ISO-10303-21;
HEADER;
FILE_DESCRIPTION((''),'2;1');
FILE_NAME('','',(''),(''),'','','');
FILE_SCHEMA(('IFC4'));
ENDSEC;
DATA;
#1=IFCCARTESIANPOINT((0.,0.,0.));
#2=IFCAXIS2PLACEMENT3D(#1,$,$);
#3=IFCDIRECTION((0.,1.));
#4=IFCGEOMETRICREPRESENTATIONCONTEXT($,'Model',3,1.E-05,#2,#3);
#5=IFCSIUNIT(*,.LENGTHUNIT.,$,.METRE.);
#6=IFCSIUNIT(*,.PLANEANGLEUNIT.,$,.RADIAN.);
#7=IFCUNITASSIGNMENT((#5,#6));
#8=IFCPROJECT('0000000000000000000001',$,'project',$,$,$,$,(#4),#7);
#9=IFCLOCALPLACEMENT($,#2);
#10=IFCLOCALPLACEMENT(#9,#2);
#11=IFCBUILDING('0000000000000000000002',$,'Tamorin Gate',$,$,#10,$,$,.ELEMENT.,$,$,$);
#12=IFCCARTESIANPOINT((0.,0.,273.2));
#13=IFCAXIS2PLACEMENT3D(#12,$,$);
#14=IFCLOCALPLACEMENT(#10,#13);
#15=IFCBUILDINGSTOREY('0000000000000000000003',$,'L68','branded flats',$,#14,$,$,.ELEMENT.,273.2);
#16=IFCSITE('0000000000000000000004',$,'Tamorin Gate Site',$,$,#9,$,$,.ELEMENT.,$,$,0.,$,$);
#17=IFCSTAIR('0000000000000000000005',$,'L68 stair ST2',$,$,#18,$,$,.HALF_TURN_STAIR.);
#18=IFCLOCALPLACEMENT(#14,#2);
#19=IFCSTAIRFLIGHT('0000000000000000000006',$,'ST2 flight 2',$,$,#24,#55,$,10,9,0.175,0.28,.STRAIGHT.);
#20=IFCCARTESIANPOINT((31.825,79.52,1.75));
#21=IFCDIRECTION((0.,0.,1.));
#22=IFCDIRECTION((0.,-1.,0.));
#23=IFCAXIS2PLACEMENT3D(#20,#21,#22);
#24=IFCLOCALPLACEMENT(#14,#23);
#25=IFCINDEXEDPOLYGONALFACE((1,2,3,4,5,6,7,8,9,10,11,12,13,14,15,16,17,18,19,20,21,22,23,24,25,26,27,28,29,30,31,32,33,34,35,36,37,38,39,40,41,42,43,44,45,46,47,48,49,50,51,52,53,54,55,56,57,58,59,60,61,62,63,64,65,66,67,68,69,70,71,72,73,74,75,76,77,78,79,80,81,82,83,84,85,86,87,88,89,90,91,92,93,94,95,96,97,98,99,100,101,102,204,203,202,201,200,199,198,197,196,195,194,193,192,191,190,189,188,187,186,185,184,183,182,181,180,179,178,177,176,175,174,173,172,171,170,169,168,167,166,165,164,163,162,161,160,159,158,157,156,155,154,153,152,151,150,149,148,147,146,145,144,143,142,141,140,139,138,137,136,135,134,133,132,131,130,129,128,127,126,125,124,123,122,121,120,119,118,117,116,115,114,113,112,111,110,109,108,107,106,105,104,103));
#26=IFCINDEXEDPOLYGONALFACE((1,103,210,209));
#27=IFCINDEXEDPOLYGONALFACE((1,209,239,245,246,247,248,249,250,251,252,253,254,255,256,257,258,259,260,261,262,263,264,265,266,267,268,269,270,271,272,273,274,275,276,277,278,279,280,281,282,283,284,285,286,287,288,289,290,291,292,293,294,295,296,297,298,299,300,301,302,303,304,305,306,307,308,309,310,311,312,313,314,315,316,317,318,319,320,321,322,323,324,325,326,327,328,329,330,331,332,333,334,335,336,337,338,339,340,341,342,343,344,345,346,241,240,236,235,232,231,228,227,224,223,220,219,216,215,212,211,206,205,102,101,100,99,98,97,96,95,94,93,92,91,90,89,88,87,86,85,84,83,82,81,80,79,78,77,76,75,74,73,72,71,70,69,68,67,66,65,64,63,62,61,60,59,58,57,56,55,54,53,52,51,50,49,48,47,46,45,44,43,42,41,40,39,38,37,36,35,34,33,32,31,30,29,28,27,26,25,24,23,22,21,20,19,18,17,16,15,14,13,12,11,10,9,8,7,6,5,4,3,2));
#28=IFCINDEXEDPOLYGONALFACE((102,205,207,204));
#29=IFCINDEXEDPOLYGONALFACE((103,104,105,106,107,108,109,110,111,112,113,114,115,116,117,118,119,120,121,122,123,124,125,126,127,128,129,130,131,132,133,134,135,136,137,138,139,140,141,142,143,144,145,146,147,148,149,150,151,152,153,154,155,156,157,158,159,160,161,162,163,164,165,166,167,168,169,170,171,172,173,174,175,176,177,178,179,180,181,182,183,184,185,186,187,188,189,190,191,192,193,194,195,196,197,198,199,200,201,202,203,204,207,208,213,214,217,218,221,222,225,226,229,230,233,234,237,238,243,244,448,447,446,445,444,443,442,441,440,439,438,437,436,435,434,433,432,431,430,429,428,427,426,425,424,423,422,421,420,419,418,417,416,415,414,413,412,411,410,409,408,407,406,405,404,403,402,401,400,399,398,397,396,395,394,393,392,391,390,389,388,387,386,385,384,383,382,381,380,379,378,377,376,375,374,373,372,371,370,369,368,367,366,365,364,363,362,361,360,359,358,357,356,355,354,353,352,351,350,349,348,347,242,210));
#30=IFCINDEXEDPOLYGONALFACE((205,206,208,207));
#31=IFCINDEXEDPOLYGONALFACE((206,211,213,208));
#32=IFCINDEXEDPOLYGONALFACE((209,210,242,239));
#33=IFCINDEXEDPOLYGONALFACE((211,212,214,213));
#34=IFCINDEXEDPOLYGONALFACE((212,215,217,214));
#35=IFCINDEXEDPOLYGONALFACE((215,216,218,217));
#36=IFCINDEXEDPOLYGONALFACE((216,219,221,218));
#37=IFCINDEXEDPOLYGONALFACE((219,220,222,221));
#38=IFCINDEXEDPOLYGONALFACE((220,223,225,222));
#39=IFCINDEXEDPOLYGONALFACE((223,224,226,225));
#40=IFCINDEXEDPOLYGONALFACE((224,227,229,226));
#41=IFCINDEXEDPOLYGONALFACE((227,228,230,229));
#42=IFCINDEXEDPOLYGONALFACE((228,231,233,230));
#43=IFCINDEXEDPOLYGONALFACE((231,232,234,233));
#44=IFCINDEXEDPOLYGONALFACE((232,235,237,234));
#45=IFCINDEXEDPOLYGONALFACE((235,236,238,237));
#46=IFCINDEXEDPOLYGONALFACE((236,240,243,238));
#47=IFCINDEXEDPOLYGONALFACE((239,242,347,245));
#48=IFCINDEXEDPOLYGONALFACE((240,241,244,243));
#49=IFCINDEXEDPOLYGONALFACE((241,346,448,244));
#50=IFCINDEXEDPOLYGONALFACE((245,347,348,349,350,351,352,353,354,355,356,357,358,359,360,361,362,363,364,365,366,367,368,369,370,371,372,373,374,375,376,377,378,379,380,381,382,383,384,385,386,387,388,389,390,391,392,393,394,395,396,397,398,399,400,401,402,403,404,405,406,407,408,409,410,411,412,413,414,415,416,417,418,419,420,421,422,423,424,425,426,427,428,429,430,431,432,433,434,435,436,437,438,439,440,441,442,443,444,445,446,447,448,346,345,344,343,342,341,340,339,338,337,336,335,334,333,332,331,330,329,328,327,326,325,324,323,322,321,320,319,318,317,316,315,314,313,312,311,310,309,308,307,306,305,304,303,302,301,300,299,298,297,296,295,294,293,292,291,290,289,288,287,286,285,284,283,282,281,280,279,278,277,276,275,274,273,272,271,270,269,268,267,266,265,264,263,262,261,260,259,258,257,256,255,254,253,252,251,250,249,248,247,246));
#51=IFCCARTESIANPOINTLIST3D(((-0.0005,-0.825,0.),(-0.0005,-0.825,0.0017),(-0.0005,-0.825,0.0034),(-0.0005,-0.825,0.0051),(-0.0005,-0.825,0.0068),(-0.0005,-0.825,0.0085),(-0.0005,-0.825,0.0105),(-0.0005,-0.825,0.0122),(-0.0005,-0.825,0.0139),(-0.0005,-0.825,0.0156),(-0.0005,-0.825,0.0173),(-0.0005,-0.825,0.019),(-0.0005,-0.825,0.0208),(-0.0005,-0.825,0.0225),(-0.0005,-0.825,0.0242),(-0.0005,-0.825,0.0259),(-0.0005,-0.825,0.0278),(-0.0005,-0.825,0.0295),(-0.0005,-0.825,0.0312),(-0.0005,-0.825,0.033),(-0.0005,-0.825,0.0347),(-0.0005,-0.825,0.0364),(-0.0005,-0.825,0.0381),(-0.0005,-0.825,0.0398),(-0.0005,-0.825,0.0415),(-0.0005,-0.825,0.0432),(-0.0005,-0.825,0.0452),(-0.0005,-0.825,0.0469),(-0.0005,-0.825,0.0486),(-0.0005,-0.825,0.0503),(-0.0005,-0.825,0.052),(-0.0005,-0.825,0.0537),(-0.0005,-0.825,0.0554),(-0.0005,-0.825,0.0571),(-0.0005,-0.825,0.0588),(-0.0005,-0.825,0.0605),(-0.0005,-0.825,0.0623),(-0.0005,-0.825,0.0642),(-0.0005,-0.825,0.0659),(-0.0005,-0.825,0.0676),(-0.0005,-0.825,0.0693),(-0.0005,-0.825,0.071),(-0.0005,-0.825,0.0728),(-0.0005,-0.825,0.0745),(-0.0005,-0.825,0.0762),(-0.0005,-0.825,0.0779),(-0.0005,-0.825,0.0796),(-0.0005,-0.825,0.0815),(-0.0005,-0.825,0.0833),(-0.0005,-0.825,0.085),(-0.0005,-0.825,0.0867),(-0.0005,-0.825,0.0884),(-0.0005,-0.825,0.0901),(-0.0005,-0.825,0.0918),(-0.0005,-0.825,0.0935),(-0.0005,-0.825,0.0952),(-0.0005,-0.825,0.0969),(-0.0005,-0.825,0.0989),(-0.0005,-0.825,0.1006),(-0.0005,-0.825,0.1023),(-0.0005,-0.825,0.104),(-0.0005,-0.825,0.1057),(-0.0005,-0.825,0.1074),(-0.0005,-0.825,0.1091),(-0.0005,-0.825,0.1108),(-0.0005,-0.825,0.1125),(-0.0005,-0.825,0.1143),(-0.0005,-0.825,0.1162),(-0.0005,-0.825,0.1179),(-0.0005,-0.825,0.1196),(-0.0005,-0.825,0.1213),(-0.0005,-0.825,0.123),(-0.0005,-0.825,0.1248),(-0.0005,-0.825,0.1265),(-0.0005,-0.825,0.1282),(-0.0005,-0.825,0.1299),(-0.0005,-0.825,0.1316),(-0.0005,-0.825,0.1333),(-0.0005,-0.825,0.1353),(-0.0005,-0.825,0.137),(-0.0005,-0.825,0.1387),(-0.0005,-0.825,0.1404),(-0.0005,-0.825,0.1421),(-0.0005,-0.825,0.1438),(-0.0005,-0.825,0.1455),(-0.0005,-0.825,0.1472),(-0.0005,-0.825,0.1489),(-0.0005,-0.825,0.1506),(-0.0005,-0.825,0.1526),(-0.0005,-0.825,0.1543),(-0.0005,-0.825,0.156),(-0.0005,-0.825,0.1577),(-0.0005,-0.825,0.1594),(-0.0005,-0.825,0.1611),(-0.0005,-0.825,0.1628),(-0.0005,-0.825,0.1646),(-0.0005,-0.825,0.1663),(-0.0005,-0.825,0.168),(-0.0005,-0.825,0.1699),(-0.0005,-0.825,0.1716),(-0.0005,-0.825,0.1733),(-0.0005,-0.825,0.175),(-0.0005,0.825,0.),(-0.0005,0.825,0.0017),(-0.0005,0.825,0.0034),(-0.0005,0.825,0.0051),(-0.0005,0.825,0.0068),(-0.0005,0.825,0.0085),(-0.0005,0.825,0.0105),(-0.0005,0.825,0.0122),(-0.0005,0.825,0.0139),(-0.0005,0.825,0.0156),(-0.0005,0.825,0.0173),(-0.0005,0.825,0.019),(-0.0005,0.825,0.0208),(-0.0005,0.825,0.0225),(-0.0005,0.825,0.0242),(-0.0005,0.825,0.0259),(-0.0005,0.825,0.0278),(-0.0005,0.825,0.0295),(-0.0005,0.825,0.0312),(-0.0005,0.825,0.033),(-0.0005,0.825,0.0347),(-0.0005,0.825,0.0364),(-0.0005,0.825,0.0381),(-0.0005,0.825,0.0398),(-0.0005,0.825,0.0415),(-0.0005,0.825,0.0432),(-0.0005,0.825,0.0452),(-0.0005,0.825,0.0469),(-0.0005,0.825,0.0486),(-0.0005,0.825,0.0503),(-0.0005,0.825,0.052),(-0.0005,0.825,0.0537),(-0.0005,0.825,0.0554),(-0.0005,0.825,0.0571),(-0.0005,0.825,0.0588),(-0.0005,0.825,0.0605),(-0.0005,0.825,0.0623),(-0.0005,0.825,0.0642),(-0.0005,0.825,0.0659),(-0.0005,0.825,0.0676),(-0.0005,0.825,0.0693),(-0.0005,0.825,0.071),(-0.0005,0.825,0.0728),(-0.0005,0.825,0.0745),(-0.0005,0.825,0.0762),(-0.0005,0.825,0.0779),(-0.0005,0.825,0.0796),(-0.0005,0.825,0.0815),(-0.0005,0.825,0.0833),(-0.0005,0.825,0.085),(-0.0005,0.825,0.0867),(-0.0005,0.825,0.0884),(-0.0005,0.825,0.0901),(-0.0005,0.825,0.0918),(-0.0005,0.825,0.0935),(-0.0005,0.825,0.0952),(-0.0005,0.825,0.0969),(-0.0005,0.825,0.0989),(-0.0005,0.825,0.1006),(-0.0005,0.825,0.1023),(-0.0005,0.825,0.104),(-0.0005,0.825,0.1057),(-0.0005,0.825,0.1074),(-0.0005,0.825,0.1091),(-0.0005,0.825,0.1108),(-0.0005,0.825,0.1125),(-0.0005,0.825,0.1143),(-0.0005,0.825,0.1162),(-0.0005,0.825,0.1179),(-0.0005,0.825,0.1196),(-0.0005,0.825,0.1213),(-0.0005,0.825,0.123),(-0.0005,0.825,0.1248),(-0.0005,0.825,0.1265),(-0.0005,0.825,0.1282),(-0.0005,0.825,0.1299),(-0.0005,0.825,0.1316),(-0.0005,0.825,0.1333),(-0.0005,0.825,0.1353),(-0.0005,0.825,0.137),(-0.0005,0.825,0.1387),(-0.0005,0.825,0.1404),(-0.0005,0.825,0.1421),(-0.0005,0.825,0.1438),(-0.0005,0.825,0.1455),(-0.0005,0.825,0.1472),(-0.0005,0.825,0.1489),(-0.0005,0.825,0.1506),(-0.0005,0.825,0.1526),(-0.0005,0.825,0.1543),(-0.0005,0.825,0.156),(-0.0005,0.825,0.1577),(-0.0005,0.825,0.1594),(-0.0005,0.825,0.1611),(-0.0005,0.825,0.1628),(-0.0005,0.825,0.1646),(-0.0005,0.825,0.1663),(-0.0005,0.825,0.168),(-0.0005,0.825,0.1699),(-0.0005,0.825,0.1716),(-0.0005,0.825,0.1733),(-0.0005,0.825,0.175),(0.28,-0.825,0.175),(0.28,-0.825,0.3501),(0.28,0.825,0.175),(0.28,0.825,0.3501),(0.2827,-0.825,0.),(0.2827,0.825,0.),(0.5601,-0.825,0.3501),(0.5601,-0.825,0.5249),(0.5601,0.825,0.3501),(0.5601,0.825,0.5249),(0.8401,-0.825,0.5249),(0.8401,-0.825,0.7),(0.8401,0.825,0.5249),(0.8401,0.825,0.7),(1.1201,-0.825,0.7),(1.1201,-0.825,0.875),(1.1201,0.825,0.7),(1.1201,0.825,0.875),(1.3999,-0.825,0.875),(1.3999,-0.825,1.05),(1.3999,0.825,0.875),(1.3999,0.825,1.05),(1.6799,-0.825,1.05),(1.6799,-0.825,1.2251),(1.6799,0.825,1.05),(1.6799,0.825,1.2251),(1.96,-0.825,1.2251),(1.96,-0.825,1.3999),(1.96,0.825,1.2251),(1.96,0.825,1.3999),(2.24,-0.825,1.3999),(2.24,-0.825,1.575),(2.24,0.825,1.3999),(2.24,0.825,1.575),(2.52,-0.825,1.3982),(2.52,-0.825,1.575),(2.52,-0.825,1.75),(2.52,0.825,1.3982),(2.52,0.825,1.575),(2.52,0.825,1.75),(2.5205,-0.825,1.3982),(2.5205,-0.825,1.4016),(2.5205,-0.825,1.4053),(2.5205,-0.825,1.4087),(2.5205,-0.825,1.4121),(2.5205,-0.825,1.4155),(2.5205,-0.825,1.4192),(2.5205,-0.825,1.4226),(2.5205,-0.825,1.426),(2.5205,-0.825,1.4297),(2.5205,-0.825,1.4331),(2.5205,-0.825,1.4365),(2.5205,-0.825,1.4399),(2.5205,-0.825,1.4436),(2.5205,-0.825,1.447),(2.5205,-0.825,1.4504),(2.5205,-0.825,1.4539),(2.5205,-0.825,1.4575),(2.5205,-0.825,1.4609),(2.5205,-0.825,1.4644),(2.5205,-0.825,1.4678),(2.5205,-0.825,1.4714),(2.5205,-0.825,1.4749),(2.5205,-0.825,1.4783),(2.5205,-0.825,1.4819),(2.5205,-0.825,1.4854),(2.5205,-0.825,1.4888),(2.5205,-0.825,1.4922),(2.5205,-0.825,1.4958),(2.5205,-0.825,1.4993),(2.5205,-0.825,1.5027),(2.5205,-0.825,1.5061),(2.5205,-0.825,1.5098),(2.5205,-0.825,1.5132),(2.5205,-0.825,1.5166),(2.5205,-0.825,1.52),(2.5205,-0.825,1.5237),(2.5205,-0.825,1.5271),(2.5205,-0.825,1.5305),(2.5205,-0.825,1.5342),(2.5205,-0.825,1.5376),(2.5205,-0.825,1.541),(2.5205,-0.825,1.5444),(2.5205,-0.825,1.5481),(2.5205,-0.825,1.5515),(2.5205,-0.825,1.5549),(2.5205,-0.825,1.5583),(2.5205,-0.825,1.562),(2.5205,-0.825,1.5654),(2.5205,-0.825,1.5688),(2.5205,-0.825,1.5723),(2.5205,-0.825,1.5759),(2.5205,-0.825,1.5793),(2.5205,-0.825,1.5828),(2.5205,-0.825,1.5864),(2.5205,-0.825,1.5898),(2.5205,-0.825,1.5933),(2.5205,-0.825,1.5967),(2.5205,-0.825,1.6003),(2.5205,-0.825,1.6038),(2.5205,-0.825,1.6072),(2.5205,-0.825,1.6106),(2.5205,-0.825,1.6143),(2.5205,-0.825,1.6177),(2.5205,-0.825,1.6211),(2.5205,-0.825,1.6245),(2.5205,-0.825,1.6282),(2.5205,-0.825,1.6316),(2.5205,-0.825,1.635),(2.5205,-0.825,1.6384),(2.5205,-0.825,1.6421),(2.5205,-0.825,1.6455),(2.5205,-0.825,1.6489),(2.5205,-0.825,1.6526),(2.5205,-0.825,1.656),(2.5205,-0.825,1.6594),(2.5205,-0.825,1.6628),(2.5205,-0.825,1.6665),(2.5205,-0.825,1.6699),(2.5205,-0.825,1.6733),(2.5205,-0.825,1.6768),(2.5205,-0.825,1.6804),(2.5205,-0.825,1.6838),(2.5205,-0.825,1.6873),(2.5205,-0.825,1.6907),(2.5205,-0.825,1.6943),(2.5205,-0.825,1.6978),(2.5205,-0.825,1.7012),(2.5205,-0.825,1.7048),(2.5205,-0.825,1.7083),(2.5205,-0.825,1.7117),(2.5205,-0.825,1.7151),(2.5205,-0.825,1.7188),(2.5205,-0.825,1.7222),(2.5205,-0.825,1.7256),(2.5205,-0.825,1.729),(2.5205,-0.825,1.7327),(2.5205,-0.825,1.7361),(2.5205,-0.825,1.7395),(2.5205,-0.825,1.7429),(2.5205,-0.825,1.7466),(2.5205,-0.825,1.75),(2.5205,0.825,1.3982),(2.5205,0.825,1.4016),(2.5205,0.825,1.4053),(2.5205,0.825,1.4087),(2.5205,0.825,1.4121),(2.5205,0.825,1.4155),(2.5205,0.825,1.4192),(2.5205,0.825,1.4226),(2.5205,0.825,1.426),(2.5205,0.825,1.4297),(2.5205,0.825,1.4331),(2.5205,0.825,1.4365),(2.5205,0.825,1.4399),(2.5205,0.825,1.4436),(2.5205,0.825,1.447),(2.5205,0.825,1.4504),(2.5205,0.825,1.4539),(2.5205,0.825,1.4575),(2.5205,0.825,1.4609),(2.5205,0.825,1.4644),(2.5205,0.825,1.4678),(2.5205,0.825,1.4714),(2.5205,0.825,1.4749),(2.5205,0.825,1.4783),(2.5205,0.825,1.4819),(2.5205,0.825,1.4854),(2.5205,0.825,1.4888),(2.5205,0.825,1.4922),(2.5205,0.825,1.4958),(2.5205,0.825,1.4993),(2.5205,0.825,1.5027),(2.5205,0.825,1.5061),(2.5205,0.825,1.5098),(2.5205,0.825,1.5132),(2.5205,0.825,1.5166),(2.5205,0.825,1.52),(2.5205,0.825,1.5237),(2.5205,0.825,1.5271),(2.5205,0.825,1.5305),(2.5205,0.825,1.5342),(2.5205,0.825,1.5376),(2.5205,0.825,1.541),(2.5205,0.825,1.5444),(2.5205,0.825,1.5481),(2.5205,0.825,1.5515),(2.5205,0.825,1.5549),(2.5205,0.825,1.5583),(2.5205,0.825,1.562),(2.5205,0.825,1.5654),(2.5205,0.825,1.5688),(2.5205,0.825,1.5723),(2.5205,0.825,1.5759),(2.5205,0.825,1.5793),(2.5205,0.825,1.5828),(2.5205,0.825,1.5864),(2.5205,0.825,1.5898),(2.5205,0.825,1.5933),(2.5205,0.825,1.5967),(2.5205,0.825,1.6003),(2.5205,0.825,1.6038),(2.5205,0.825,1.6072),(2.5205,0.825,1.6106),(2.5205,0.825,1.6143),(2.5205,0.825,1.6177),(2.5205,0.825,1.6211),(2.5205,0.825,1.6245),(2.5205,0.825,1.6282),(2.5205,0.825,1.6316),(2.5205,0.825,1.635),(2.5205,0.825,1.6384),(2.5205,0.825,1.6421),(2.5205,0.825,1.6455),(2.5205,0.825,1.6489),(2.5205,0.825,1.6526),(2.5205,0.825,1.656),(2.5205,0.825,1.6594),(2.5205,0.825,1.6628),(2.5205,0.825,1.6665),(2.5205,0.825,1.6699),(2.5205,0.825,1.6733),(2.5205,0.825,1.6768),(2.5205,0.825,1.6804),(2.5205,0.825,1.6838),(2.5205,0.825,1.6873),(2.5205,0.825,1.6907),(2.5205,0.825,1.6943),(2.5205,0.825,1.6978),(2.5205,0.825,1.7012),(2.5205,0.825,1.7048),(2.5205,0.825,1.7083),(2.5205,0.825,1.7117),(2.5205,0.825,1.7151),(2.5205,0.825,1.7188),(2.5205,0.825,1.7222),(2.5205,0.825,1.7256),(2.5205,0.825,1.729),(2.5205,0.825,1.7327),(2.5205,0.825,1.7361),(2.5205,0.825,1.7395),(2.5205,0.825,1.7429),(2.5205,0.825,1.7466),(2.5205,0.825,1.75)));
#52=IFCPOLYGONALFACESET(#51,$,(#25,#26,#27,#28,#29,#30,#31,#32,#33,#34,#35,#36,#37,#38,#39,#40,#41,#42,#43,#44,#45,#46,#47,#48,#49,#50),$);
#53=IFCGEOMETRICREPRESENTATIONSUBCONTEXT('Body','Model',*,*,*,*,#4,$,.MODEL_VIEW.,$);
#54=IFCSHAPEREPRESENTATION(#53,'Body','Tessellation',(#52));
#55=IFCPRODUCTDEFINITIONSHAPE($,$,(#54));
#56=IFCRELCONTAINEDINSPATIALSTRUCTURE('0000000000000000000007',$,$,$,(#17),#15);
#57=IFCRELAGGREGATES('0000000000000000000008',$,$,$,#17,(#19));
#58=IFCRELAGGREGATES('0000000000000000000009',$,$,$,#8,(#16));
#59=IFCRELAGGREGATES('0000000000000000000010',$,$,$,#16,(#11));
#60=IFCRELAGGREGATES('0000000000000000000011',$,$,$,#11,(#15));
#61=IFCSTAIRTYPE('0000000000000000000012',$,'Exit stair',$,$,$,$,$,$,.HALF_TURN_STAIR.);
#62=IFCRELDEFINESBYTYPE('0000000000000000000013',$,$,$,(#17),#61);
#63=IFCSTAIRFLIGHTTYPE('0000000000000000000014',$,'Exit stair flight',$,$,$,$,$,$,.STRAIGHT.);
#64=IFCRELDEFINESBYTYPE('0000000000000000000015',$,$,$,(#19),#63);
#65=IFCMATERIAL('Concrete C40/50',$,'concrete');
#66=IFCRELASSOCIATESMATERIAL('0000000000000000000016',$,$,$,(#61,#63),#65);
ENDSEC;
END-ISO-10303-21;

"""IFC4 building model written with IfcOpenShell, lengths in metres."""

from ifc_helpers import new_model, si_unit, direction, frame, origin, place, context, subcontext, project, spatial, polyline, outline, extrude, material, type_object, element, aggregate, save


model = new_model("IFC4")

# Units and contexts
model_context = context("Model", 3, precision=1e-05, world=origin(), true_north=direction((0.0, 1.0)))
body_context = subcontext(model_context, "Body", "Model", "MODEL_VIEW")
ifc_project = project(units=[si_unit("LENGTHUNIT", "METRE"), si_unit("PLANEANGLEUNIT", "RADIAN")], contexts=[model_context])

# Site, building, storey
site_placement = place(None, origin())
site = spatial("IfcSite", under=ifc_project, at=site_placement, Name="Tamorin Gate Site", CompositionType="ELEMENT", RefElevation=0.0)
building_placement = place(site_placement, origin())
building = spatial("IfcBuilding", under=site, at=building_placement, Name="Tamorin Gate", CompositionType="ELEMENT")
storey_placement = place(building_placement, frame((0.0, 0.0, 273.2)))
storey = spatial("IfcBuildingStorey", under=building, at=storey_placement, Name="L68", Description="branded flats", CompositionType="ELEMENT", Elevation=273.2)

# Stair, stair flight
ifc_material_1 = material(Name="Concrete C40/50", Category="concrete")
stair_type = type_object("IfcStairType", Name="Exit stair", PredefinedType="HALF_TURN_STAIR", material=ifc_material_1)
stair_placement = place(storey_placement, origin())
stair = element("IfcStair", 1, at=stair_placement, inside=storey, type_object=stair_type, Name="L68 stair ST2", PredefinedType="HALF_TURN_STAIR")
stair_flight_type = type_object("IfcStairFlightType", Name="Exit stair flight", PredefinedType="STRAIGHT", material=ifc_material_1)
stair_flight_placement = place(storey_placement, frame((31.825, 79.52, 1.75), z_axis=(0.0, 0.0, 1.0), x_axis=(0.0, -1.0, 0.0)))
stair_flight = element("IfcStairFlight", 2, at=stair_flight_placement, type_object=stair_flight_type, Name="ST2 flight 2", NumberOfRisers=10, NumberOfTreads=9, PredefinedType="STRAIGHT", RiserHeight=0.175, TreadLength=0.28, context=body_context, shape_type="SweptSolid", body=[
    extrude(outline(polyline([(-0.0005, 0.0), (-0.0005, 0.0017), (-0.0005, 0.0034), (-0.0005, 0.0051), (-0.0005, 0.0068), (-0.0005, 0.0085), (-0.0005, 0.0105), (-0.0005, 0.0122), (-0.0005, 0.0139), (-0.0005, 0.0156), (-0.0005, 0.0173), (-0.0005, 0.019), (-0.0005, 0.0208), (-0.0005, 0.0225), (-0.0005, 0.0242), (-0.0005, 0.0259), (-0.0005, 0.0278), (-0.0005, 0.0295), (-0.0005, 0.0312), (-0.0005, 0.033), (-0.0005, 0.0347), (-0.0005, 0.0364), (-0.0005, 0.0381), (-0.0005, 0.0398), (-0.0005, 0.0415), (-0.0005, 0.0432), (-0.0005, 0.0452), (-0.0005, 0.0469), (-0.0005, 0.0486), (-0.0005, 0.0503), (-0.0005, 0.052), (-0.0005, 0.0537), (-0.0005, 0.0554), (-0.0005, 0.0571), (-0.0005, 0.0588), (-0.0005, 0.0605), (-0.0005, 0.0623), (-0.0005, 0.0642), (-0.0005, 0.0659), (-0.0005, 0.0676), (-0.0005, 0.0693), (-0.0005, 0.071), (-0.0005, 0.0728), (-0.0005, 0.0745), (-0.0005, 0.0762), (-0.0005, 0.0779), (-0.0005, 0.0796), (-0.0005, 0.0815), (-0.0005, 0.0833), (-0.0005, 0.085), (-0.0005, 0.0867), (-0.0005, 0.0884), (-0.0005, 0.0901), (-0.0005, 0.0918), (-0.0005, 0.0935), (-0.0005, 0.0952), (-0.0005, 0.0969), (-0.0005, 0.0989), (-0.0005, 0.1006), (-0.0005, 0.1023), (-0.0005, 0.104), (-0.0005, 0.1057), (-0.0005, 0.1074), (-0.0005, 0.1091), (-0.0005, 0.1108), (-0.0005, 0.1125), (-0.0005, 0.1143), (-0.0005, 0.1162), (-0.0005, 0.1179), (-0.0005, 0.1196), (-0.0005, 0.1213), (-0.0005, 0.123), (-0.0005, 0.1248), (-0.0005, 0.1265), (-0.0005, 0.1282), (-0.0005, 0.1299), (-0.0005, 0.1316), (-0.0005, 0.1333), (-0.0005, 0.1353), (-0.0005, 0.137), (-0.0005, 0.1387), (-0.0005, 0.1404), (-0.0005, 0.1421), (-0.0005, 0.1438), (-0.0005, 0.1455), (-0.0005, 0.1472), (-0.0005, 0.1489), (-0.0005, 0.1506), (-0.0005, 0.1526), (-0.0005, 0.1543), (-0.0005, 0.156), (-0.0005, 0.1577), (-0.0005, 0.1594), (-0.0005, 0.1611), (-0.0005, 0.1628), (-0.0005, 0.1646), (-0.0005, 0.1663), (-0.0005, 0.168), (-0.0005, 0.1699), (-0.0005, 0.1716), (-0.0005, 0.1733), (-0.0005, 0.175), (0.28, 0.175), (0.28, 0.3501), (0.5601, 0.3501), (0.5601, 0.5249), (0.8401, 0.5249), (0.8401, 0.7), (1.1201, 0.7), (1.1201, 0.875), (1.3999, 0.875), (1.3999, 1.05), (1.6799, 1.05), (1.6799, 1.2251), (1.96, 1.2251), (1.96, 1.3999), (2.24, 1.3999), (2.24, 1.575), (2.52, 1.575), (2.52, 1.75), (2.5205, 1.75), (2.5205, 1.7466), (2.5205, 1.7429), (2.5205, 1.7395), (2.5205, 1.7361), (2.5205, 1.7327), (2.5205, 1.729), (2.5205, 1.7256), (2.5205, 1.7222), (2.5205, 1.7188), (2.5205, 1.7151), (2.5205, 1.7117), (2.5205, 1.7083), (2.5205, 1.7048), (2.5205, 1.7012), (2.5205, 1.6978), (2.5205, 1.6943), (2.5205, 1.6907), (2.5205, 1.6873), (2.5205, 1.6838), (2.5205, 1.6804), (2.5205, 1.6768), (2.5205, 1.6733), (2.5205, 1.6699), (2.5205, 1.6665), (2.5205, 1.6628), (2.5205, 1.6594), (2.5205, 1.656), (2.5205, 1.6526), (2.5205, 1.6489), (2.5205, 1.6455), (2.5205, 1.6421), (2.5205, 1.6384), (2.5205, 1.635), (2.5205, 1.6316), (2.5205, 1.6282), (2.5205, 1.6245), (2.5205, 1.6211), (2.5205, 1.6177), (2.5205, 1.6143), (2.5205, 1.6106), (2.5205, 1.6072), (2.5205, 1.6038), (2.5205, 1.6003), (2.5205, 1.5967), (2.5205, 1.5933), (2.5205, 1.5898), (2.5205, 1.5864), (2.5205, 1.5828), (2.5205, 1.5793), (2.5205, 1.5759), (2.5205, 1.5723), (2.5205, 1.5688), (2.5205, 1.5654), (2.5205, 1.562), (2.5205, 1.5583), (2.5205, 1.5549), (2.5205, 1.5515), (2.5205, 1.5481), (2.5205, 1.5444), (2.5205, 1.541), (2.5205, 1.5376), (2.5205, 1.5342), (2.5205, 1.5305), (2.5205, 1.5271), (2.5205, 1.5237), (2.5205, 1.52), (2.5205, 1.5166), (2.5205, 1.5132), (2.5205, 1.5098), (2.5205, 1.5061), (2.5205, 1.5027), (2.5205, 1.4993), (2.5205, 1.4958), (2.5205, 1.4922), (2.5205, 1.4888), (2.5205, 1.4854), (2.5205, 1.4819), (2.5205, 1.4783), (2.5205, 1.4749), (2.5205, 1.4714), (2.5205, 1.4678), (2.5205, 1.4644), (2.5205, 1.4609), (2.5205, 1.4575), (2.5205, 1.4539), (2.5205, 1.4504), (2.5205, 1.447), (2.5205, 1.4436), (2.5205, 1.4399), (2.5205, 1.4365), (2.5205, 1.4331), (2.5205, 1.4297), (2.5205, 1.426), (2.5205, 1.4226), (2.5205, 1.4192), (2.5205, 1.4155), (2.5205, 1.4121), (2.5205, 1.4087), (2.5205, 1.4053), (2.5205, 1.4016), (2.5205, 1.3982), (2.52, 1.3982), (0.2827, 0.0), (-0.0005, 0.0)])), frame((0.0, 0.825, 0.0), z_axis=(0.0, -1.0, 0.0), x_axis=(1.0, 0.0, 0.0)), (0.0, 0.0, 1.0), 1.6499),
])
aggregate(stair, [stair_flight])

save(model, "model.ifc")
